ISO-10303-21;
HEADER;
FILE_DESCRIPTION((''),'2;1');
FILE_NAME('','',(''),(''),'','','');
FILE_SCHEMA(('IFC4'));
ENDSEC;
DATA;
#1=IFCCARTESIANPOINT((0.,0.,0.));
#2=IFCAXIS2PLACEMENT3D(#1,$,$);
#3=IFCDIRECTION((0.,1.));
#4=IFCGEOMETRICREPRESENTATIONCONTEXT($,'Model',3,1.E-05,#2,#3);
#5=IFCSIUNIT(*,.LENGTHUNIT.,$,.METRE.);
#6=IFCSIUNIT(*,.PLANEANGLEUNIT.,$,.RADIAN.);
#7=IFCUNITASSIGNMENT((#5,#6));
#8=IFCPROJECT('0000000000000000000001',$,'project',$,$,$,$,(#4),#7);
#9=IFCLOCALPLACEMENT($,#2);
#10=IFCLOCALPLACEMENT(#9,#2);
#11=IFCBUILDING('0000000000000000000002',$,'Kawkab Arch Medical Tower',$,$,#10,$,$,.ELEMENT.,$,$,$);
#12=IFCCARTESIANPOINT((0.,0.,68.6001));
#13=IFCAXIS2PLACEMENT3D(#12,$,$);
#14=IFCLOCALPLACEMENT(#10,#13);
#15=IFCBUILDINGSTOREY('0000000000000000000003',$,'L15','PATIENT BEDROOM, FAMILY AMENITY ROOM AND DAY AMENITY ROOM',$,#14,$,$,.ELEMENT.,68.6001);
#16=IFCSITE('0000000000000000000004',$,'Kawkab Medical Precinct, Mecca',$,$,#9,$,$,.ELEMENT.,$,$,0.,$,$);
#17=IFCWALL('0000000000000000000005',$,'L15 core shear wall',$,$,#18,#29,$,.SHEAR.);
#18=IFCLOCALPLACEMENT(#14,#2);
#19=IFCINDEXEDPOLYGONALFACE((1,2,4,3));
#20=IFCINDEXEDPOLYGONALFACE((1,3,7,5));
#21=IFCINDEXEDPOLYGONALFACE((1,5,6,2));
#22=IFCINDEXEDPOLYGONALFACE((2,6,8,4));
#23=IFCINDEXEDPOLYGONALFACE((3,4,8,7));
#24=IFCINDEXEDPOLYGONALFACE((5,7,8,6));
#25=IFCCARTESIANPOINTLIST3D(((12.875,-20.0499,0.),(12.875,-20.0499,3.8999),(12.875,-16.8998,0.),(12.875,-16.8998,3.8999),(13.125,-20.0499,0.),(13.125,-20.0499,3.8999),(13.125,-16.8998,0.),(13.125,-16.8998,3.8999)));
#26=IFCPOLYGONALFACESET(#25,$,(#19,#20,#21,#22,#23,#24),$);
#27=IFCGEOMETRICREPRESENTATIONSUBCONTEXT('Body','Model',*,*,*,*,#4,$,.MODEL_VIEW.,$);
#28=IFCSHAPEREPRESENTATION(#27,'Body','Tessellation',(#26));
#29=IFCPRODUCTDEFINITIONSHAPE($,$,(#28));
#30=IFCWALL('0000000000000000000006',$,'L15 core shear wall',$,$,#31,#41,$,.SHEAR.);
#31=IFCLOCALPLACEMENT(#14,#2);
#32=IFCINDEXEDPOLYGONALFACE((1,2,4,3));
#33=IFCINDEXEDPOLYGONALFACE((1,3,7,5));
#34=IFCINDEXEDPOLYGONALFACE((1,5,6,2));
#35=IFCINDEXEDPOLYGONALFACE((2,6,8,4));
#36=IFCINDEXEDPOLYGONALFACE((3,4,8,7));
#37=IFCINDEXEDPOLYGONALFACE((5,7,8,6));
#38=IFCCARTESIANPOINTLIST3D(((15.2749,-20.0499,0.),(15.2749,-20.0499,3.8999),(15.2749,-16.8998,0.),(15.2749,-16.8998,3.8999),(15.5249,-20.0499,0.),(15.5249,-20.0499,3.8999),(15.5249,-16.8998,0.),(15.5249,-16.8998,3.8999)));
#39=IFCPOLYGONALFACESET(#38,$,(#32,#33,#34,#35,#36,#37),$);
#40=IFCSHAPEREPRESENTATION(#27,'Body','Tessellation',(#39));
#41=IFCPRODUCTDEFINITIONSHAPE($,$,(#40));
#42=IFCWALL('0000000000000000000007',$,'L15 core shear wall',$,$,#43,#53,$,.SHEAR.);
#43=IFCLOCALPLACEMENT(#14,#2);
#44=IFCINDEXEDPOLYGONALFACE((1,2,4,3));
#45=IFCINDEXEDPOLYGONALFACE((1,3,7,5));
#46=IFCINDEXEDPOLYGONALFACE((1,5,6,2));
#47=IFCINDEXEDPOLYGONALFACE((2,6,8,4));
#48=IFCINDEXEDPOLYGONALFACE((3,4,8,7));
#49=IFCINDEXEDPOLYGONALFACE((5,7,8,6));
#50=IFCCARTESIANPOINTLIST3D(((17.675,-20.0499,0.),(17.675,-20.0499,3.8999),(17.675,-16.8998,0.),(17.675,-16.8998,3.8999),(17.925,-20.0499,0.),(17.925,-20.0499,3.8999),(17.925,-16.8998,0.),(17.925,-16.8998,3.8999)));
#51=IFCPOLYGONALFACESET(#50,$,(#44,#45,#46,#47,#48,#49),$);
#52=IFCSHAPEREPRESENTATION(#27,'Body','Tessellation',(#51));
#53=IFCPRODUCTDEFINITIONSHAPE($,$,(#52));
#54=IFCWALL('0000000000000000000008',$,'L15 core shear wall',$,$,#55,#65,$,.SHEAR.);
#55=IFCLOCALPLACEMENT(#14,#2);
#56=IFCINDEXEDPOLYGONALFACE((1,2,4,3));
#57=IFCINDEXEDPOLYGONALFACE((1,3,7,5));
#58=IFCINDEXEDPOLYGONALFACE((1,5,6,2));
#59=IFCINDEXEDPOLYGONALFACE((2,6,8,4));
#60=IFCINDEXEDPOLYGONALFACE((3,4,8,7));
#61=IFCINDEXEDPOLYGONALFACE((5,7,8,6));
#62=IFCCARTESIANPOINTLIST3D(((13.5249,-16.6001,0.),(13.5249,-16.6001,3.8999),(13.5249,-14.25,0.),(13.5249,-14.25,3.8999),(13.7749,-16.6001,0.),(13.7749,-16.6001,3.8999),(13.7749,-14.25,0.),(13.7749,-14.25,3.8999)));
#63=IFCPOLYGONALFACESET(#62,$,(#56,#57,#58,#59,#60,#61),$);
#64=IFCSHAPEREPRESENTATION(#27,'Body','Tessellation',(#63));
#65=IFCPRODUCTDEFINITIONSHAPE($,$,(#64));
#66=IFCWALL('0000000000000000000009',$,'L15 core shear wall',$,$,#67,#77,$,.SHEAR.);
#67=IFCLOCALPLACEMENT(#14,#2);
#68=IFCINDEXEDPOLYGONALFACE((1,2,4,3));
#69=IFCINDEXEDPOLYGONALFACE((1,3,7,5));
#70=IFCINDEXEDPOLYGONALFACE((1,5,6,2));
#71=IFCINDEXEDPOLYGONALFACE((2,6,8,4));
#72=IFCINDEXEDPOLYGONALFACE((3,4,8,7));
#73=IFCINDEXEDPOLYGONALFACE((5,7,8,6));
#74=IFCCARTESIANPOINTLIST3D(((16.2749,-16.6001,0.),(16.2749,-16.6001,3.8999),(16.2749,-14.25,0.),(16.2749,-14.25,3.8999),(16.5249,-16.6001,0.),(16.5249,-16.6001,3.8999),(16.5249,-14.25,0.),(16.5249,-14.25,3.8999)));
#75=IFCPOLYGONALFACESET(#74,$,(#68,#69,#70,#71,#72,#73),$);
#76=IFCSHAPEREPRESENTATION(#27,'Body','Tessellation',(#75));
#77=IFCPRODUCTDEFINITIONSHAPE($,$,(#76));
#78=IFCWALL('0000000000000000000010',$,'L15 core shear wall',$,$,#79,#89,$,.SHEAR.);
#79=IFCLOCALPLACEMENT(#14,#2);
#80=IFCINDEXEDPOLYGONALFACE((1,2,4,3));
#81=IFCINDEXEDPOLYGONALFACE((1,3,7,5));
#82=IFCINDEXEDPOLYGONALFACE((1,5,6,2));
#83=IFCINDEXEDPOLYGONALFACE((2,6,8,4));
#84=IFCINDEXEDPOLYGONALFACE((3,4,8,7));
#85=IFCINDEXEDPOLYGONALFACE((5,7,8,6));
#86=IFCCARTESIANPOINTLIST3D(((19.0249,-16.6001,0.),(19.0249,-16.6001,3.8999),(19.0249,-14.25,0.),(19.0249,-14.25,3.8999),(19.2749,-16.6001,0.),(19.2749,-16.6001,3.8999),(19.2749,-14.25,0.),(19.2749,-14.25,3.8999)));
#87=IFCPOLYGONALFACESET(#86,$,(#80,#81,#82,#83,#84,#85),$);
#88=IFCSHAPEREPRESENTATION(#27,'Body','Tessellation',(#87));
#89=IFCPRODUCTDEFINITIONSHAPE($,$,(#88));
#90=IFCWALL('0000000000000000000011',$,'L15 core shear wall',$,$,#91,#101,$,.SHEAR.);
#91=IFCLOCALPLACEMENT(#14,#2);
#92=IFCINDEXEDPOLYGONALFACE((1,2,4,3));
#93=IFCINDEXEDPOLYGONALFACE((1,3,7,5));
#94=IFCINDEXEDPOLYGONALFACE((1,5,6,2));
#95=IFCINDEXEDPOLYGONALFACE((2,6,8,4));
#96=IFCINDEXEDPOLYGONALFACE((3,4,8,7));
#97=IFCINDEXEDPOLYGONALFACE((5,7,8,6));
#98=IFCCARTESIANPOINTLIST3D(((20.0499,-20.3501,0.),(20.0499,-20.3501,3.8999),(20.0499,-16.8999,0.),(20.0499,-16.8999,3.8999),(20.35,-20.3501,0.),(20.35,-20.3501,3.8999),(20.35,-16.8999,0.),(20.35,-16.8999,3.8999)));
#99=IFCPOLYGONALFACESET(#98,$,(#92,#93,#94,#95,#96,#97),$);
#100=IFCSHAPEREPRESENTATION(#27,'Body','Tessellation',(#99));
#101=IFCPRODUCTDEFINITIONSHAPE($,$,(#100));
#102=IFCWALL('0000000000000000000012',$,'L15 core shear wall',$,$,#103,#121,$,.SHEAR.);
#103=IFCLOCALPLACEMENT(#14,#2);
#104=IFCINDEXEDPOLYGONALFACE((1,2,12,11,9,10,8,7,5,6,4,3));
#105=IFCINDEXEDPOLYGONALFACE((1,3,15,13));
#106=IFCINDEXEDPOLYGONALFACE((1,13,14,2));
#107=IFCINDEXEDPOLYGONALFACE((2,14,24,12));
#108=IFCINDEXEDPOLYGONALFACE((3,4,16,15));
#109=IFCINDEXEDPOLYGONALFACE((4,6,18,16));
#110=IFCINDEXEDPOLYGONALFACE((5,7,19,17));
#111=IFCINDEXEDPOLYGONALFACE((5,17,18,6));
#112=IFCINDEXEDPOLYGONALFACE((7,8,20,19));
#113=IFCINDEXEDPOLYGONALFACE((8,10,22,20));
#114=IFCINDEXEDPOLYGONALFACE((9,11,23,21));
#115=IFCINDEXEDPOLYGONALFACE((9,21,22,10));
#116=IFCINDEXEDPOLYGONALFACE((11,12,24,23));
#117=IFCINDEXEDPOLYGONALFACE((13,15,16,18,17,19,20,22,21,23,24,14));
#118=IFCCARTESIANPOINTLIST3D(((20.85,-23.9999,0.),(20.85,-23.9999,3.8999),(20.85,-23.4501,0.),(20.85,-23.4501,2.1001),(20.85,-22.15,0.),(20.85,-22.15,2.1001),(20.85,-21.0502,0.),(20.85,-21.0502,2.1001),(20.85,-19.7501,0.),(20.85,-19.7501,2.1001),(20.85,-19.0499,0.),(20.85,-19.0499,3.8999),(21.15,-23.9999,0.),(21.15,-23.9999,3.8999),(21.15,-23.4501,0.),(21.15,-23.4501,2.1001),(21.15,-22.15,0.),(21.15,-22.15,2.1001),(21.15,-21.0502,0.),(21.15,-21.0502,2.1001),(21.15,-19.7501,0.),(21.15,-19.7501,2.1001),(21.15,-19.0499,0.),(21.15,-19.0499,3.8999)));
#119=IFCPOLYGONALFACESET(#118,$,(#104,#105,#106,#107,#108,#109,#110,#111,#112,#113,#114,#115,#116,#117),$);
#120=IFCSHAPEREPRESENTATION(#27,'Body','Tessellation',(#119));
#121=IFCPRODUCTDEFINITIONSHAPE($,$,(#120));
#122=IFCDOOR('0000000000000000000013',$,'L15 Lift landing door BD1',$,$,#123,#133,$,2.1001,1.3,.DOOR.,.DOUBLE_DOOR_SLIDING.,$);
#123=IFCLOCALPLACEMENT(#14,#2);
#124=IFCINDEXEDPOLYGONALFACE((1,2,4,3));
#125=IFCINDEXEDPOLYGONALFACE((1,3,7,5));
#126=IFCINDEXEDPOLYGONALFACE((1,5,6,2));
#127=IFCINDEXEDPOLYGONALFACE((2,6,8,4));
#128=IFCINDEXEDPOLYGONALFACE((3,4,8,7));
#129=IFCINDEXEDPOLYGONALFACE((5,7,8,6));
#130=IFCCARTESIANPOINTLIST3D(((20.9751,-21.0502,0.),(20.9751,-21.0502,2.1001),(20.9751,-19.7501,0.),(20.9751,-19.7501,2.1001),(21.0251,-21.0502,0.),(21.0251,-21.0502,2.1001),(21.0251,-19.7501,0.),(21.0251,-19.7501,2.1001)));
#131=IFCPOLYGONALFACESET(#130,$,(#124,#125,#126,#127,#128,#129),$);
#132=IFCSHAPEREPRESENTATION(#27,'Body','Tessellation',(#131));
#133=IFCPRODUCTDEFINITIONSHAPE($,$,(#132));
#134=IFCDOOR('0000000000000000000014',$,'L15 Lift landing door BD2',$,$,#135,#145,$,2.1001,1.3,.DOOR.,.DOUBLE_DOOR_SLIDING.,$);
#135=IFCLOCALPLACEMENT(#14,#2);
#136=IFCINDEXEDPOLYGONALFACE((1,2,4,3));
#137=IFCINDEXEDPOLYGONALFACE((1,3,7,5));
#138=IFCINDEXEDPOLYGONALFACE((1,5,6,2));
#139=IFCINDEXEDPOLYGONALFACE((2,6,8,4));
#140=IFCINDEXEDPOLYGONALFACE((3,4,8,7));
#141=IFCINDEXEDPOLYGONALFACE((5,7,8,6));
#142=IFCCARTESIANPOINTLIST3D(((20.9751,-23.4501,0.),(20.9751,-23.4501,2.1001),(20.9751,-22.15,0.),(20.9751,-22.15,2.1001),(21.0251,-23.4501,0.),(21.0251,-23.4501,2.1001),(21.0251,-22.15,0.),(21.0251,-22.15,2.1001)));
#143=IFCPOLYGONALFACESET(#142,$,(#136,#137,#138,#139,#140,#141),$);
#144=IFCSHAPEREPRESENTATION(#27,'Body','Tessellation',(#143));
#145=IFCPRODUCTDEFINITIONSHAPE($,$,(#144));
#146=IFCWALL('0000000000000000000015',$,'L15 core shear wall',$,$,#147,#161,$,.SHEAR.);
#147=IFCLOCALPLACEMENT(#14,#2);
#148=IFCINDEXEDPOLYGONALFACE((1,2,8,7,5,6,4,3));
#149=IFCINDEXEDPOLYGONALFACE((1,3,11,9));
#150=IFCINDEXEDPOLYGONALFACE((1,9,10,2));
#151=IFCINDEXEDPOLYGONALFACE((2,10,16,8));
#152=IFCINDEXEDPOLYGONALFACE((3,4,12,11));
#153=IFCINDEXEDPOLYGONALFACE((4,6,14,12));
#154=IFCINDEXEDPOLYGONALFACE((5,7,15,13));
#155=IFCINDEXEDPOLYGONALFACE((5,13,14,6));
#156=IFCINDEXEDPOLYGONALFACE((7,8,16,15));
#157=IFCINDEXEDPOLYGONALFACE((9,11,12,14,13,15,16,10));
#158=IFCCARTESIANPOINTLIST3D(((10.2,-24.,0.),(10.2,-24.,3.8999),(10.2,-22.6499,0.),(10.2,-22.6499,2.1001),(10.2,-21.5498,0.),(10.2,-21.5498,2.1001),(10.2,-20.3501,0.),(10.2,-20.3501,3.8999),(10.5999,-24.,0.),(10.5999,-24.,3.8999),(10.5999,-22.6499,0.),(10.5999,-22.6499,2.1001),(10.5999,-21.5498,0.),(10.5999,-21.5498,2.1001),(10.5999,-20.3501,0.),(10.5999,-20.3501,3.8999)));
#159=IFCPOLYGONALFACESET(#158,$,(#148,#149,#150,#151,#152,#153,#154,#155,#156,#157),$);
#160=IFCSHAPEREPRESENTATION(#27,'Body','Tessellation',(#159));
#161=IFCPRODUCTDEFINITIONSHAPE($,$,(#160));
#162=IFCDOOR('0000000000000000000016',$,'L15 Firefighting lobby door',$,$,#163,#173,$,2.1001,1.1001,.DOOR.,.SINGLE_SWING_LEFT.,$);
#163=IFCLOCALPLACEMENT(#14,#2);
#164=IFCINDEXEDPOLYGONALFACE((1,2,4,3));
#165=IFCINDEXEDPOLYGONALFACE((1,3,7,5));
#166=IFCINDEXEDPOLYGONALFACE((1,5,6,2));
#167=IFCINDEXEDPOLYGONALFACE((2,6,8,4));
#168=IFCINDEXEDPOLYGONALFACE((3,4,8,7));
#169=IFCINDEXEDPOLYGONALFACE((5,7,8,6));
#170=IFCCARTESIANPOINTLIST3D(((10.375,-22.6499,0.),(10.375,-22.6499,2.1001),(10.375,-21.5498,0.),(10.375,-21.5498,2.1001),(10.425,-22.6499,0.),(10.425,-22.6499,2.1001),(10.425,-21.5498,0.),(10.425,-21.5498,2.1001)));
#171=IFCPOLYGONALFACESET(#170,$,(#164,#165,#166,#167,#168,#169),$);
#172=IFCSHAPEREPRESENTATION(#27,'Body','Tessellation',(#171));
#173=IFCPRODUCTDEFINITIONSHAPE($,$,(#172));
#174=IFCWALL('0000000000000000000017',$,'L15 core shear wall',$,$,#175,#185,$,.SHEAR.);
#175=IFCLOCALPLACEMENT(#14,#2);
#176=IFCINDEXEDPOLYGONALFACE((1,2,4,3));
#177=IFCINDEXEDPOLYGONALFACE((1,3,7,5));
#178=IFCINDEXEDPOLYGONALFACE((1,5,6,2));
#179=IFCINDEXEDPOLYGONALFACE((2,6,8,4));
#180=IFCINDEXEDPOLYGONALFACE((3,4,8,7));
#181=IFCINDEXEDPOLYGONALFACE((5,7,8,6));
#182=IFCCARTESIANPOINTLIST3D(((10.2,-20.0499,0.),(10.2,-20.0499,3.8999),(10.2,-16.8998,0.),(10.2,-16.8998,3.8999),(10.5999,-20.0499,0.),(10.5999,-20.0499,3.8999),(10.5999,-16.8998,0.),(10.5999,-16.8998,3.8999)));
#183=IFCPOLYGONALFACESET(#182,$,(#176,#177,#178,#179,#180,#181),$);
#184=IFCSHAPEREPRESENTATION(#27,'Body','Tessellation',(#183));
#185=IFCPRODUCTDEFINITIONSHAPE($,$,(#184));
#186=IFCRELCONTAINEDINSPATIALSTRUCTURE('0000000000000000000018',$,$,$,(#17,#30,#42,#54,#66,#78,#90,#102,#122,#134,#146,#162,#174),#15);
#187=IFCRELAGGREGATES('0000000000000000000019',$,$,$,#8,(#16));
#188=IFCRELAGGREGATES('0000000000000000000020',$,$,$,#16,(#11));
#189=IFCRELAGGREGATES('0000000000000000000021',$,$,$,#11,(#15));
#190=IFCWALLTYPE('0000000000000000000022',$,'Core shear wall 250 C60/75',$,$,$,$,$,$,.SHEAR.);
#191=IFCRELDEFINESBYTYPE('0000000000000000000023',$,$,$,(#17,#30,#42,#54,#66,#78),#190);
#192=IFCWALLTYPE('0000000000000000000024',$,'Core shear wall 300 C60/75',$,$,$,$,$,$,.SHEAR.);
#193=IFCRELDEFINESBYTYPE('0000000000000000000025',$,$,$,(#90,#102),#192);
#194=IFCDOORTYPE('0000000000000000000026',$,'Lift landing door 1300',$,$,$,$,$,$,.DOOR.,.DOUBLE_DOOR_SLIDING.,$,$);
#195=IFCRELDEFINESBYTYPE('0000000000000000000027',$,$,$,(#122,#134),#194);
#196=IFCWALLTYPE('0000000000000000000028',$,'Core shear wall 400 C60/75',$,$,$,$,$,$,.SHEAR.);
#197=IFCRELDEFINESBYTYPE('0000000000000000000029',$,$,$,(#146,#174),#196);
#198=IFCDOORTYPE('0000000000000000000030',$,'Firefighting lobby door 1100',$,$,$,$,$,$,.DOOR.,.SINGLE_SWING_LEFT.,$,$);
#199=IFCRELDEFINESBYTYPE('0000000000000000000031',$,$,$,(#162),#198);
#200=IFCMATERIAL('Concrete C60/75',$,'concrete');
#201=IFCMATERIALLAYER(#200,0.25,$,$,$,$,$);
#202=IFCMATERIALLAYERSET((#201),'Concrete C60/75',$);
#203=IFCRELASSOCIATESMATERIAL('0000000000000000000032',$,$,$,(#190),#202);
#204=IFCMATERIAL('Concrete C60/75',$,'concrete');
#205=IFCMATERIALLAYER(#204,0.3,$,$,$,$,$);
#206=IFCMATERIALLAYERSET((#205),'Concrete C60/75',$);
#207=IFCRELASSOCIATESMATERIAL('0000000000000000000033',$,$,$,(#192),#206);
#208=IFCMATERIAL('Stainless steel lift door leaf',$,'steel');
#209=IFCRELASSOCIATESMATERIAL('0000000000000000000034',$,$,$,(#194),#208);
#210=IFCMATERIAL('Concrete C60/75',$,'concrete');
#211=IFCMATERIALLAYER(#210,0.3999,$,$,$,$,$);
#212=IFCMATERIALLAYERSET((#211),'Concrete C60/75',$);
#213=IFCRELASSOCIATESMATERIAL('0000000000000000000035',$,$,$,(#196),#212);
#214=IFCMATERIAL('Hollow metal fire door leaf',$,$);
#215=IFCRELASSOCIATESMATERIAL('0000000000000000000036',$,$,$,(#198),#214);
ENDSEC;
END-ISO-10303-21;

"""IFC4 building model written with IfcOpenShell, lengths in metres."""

from ifc_helpers import new_model, si_unit, direction, frame, frame_2d, origin, place, context, subcontext, project, spatial, rectangle, extrude, material, layer, layer_set, type_object, element, fill, save


model = new_model("IFC4")

# Units and contexts
model_context = context("Model", 3, precision=1e-05, world=origin(), true_north=direction((0.0, 1.0)))
body_context = subcontext(model_context, "Body", "Model", "MODEL_VIEW")
ifc_project = project(units=[si_unit("LENGTHUNIT", "METRE"), si_unit("PLANEANGLEUNIT", "RADIAN")], contexts=[model_context])

# Site, building, storey
site_placement = place(None, origin())
site = spatial("IfcSite", under=ifc_project, at=site_placement, Name="Kawkab Medical Precinct, Mecca", CompositionType="ELEMENT", RefElevation=0.0)
building_placement = place(site_placement, origin())
building = spatial("IfcBuilding", under=site, at=building_placement, Name="Kawkab Arch Medical Tower", CompositionType="ELEMENT")
storey_placement = place(building_placement, frame((0.0, 0.0, 68.6001)))
storey = spatial("IfcBuildingStorey", under=building, at=storey_placement, Name="L15", Description="PATIENT BEDROOM, FAMILY AMENITY ROOM AND DAY AMENITY ROOM", CompositionType="ELEMENT", Elevation=68.6001)

# Walls
ifc_material_1 = material(Name="Concrete C60/75", Category="concrete")
ifc_layer_1 = layer(ifc_material_1, 0.25)
ifc_layer_set_1 = layer_set([ifc_layer_1], Name="Concrete C60/75")
wall_type_1 = type_object("IfcWallType", Name="Core shear wall 250 C60/75", PredefinedType="SHEAR", material=ifc_layer_set_1)
for number, where, z_axis, x_axis, name in (
    (1, (13.0, -20.05, 0.0), (0.0, 0.0, 1.0), (0.0, 1.0, 0.0), "L15 core shear wall"),
    (2, (15.3999, -20.05, 0.0), (0.0, 0.0, 1.0), (0.0, 1.0, 0.0), "L15 core shear wall"),
    (3, (17.8, -20.05, 0.0), (0.0, 0.0, 1.0), (0.0, 1.0, 0.0), "L15 core shear wall"),
):
    element("IfcWall", number, at=place(storey_placement, frame(where, z_axis=z_axis, x_axis=x_axis)), inside=storey, type_object=wall_type_1, Name=name, PredefinedType="SHEAR", context=body_context, shape_type="SweptSolid", body=[
        extrude(rectangle(XDim=3.1501, YDim=0.25, at=frame_2d((1.5752, 0.0))), origin(), (0.0, 0.0, 1.0), 3.8999),
    ])
for number, where, z_axis, x_axis, name in (
    (4, (13.6499, -16.6001, 0.0), (0.0, 0.0, 1.0), (0.0, 1.0, 0.0), "L15 core shear wall"),
    (5, (16.3999, -16.6001, 0.0), (0.0, 0.0, 1.0), (0.0, 1.0, 0.0), "L15 core shear wall"),
    (6, (19.1499, -16.6001, 0.0), (0.0, 0.0, 1.0), (0.0, 1.0, 0.0), "L15 core shear wall"),
):
    element("IfcWall", number, at=place(storey_placement, frame(where, z_axis=z_axis, x_axis=x_axis)), inside=storey, type_object=wall_type_1, Name=name, PredefinedType="SHEAR", context=body_context, shape_type="SweptSolid", body=[
        extrude(rectangle(XDim=2.3501, YDim=0.25, at=frame_2d((1.175, 0.0))), origin(), (0.0, 0.0, 1.0), 3.8999),
    ])
ifc_material_2 = material(Name="Concrete C60/75", Category="concrete")
ifc_layer_2 = layer(ifc_material_2, 0.3)
ifc_layer_set_2 = layer_set([ifc_layer_2], Name="Concrete C60/75")
wall_type_2 = type_object("IfcWallType", Name="Core shear wall 300 C60/75", PredefinedType="SHEAR", material=ifc_layer_set_2)
wall_1_placement = place(storey_placement, frame((20.2, -20.3501, 0.0), z_axis=(0.0, 0.0, 1.0), x_axis=(0.0, 1.0, 0.0)))
element("IfcWall", 7, at=wall_1_placement, inside=storey, type_object=wall_type_2, Name="L15 core shear wall", PredefinedType="SHEAR", context=body_context, shape_type="SweptSolid", body=[
    extrude(rectangle(XDim=3.4502, YDim=0.3, at=frame_2d((1.7251, 0.0))), origin(), (0.0, 0.0, 1.0), 3.8999),
])

# Wall, openings, doors
wall_2_placement = place(storey_placement, frame((21.0, -24.0, 0.0), z_axis=(0.0, 0.0, 1.0), x_axis=(0.0, 1.0, 0.0)))
wall_2 = element("IfcWall", 8, at=wall_2_placement, inside=storey, type_object=wall_type_2, Name="L15 core shear wall", PredefinedType="SHEAR", context=body_context, shape_type="SweptSolid", body=[
    extrude(rectangle(XDim=4.95, YDim=0.3, at=frame_2d((2.4751, 0.0))), origin(), (0.0, 0.0, 1.0), 3.8999),
])
opening_1_placement = place(wall_2_placement, frame((2.95, 0.0, 0.0)))
opening_1 = element("IfcOpeningElement", 9, at=opening_1_placement, cuts=wall_2, PredefinedType="OPENING", context=body_context, shape_type="SweptSolid", body=[
    extrude(rectangle(XDim=1.3, YDim=2.1001, at=frame_2d((0.6499, 1.05))), frame((0.0, 0.1599, 0.0), z_axis=(0.0, -1.0, 0.0), x_axis=(1.0, 0.0, 0.0)), (0.0, 0.0, 1.0), 0.3201),
])
opening_2_placement = place(wall_2_placement, frame((0.55, 0.0, 0.0)))
opening_2 = element("IfcOpeningElement", 10, at=opening_2_placement, cuts=wall_2, PredefinedType="OPENING", context=body_context, shape_type="SweptSolid", body=[
    extrude(rectangle(XDim=1.3, YDim=2.1001, at=frame_2d((0.6499, 1.05))), frame((0.0, 0.1599, 0.0), z_axis=(0.0, -1.0, 0.0), x_axis=(1.0, 0.0, 0.0)), (0.0, 0.0, 1.0), 0.3201),
])
ifc_material_3 = material(Name="Stainless steel lift door leaf", Category="steel")
door_type_1 = type_object("IfcDoorType", Name="Lift landing door 1300", OperationType="DOUBLE_DOOR_SLIDING", PredefinedType="DOOR", material=ifc_material_3)
door_1_placement = place(opening_1_placement, origin())
door_1 = element("IfcDoor", 11, at=door_1_placement, inside=storey, type_object=door_type_1, Name="L15 Lift landing door BD1", OperationType="DOUBLE_DOOR_SLIDING", OverallHeight=2.1001, OverallWidth=1.3, PredefinedType="DOOR", context=body_context, shape_type="SweptSolid", body=[
    extrude(rectangle(XDim=1.3, YDim=2.1001, at=frame_2d((0.6499, 1.05))), frame((0.0, 0.0249, 0.0), z_axis=(0.0, -1.0, 0.0), x_axis=(1.0, 0.0, 0.0)), (0.0, 0.0, 1.0), 0.05),
])
fill(opening_1, door_1)
door_2_placement = place(opening_2_placement, origin())
door_2 = element("IfcDoor", 12, at=door_2_placement, inside=storey, type_object=door_type_1, Name="L15 Lift landing door BD2", OperationType="DOUBLE_DOOR_SLIDING", OverallHeight=2.1001, OverallWidth=1.3, PredefinedType="DOOR", context=body_context, shape_type="SweptSolid", body=[
    extrude(rectangle(XDim=1.3, YDim=2.1001, at=frame_2d((0.6499, 1.05))), frame((0.0, 0.0249, 0.0), z_axis=(0.0, -1.0, 0.0), x_axis=(1.0, 0.0, 0.0)), (0.0, 0.0, 1.0), 0.05),
])
fill(opening_2, door_2)

# Wall, opening, door
ifc_material_4 = material(Name="Concrete C60/75", Category="concrete")
ifc_layer_3 = layer(ifc_material_4, 0.3999)
ifc_layer_set_3 = layer_set([ifc_layer_3], Name="Concrete C60/75")
wall_type_3 = type_object("IfcWallType", Name="Core shear wall 400 C60/75", PredefinedType="SHEAR", material=ifc_layer_set_3)
wall_3_placement = place(storey_placement, frame((10.3999, -24.0, 0.0), z_axis=(0.0, 0.0, 1.0), x_axis=(0.0, 1.0, 0.0)))
wall_3 = element("IfcWall", 13, at=wall_3_placement, inside=storey, type_object=wall_type_3, Name="L15 core shear wall", PredefinedType="SHEAR", context=body_context, shape_type="SweptSolid", body=[
    extrude(rectangle(XDim=3.6499, YDim=0.3999, at=frame_2d((1.825, 0.0))), origin(), (0.0, 0.0, 1.0), 3.8999),
])
opening_3_placement = place(wall_3_placement, frame((1.3501, 0.0, 0.0)))
opening_3 = element("IfcOpeningElement", 14, at=opening_3_placement, cuts=wall_3, PredefinedType="OPENING", context=body_context, shape_type="SweptSolid", body=[
    extrude(rectangle(XDim=1.1001, YDim=2.1001, at=frame_2d((0.55, 1.05))), frame((0.0, 0.21, 0.0), z_axis=(0.0, -1.0, 0.0), x_axis=(1.0, 0.0, 0.0)), (0.0, 0.0, 1.0), 0.4199),
])
ifc_material_5 = material(Name="Hollow metal fire door leaf")
door_type_2 = type_object("IfcDoorType", Name="Firefighting lobby door 1100", OperationType="SINGLE_SWING_LEFT", PredefinedType="DOOR", material=ifc_material_5)
door_3_placement = place(opening_3_placement, origin())
door_3 = element("IfcDoor", 15, at=door_3_placement, inside=storey, type_object=door_type_2, Name="L15 Firefighting lobby door", OperationType="SINGLE_SWING_LEFT", OverallHeight=2.1001, OverallWidth=1.1001, PredefinedType="DOOR", context=body_context, shape_type="SweptSolid", body=[
    extrude(rectangle(XDim=1.1001, YDim=2.1001, at=frame_2d((0.55, 1.05))), frame((0.0, 0.0249, 0.0), z_axis=(0.0, -1.0, 0.0), x_axis=(1.0, 0.0, 0.0)), (0.0, 0.0, 1.0), 0.05),
])
fill(opening_3, door_3)

# Wall
wall_4_placement = place(storey_placement, frame((10.3999, -20.05, 0.0), z_axis=(0.0, 0.0, 1.0), x_axis=(0.0, 1.0, 0.0)))
element("IfcWall", 16, at=wall_4_placement, inside=storey, type_object=wall_type_3, Name="L15 core shear wall", PredefinedType="SHEAR", context=body_context, shape_type="SweptSolid", body=[
    extrude(rectangle(XDim=3.1501, YDim=0.3999, at=frame_2d((1.5752, 0.0))), origin(), (0.0, 0.0, 1.0), 3.8999),
])

save(model, "model.ifc")
